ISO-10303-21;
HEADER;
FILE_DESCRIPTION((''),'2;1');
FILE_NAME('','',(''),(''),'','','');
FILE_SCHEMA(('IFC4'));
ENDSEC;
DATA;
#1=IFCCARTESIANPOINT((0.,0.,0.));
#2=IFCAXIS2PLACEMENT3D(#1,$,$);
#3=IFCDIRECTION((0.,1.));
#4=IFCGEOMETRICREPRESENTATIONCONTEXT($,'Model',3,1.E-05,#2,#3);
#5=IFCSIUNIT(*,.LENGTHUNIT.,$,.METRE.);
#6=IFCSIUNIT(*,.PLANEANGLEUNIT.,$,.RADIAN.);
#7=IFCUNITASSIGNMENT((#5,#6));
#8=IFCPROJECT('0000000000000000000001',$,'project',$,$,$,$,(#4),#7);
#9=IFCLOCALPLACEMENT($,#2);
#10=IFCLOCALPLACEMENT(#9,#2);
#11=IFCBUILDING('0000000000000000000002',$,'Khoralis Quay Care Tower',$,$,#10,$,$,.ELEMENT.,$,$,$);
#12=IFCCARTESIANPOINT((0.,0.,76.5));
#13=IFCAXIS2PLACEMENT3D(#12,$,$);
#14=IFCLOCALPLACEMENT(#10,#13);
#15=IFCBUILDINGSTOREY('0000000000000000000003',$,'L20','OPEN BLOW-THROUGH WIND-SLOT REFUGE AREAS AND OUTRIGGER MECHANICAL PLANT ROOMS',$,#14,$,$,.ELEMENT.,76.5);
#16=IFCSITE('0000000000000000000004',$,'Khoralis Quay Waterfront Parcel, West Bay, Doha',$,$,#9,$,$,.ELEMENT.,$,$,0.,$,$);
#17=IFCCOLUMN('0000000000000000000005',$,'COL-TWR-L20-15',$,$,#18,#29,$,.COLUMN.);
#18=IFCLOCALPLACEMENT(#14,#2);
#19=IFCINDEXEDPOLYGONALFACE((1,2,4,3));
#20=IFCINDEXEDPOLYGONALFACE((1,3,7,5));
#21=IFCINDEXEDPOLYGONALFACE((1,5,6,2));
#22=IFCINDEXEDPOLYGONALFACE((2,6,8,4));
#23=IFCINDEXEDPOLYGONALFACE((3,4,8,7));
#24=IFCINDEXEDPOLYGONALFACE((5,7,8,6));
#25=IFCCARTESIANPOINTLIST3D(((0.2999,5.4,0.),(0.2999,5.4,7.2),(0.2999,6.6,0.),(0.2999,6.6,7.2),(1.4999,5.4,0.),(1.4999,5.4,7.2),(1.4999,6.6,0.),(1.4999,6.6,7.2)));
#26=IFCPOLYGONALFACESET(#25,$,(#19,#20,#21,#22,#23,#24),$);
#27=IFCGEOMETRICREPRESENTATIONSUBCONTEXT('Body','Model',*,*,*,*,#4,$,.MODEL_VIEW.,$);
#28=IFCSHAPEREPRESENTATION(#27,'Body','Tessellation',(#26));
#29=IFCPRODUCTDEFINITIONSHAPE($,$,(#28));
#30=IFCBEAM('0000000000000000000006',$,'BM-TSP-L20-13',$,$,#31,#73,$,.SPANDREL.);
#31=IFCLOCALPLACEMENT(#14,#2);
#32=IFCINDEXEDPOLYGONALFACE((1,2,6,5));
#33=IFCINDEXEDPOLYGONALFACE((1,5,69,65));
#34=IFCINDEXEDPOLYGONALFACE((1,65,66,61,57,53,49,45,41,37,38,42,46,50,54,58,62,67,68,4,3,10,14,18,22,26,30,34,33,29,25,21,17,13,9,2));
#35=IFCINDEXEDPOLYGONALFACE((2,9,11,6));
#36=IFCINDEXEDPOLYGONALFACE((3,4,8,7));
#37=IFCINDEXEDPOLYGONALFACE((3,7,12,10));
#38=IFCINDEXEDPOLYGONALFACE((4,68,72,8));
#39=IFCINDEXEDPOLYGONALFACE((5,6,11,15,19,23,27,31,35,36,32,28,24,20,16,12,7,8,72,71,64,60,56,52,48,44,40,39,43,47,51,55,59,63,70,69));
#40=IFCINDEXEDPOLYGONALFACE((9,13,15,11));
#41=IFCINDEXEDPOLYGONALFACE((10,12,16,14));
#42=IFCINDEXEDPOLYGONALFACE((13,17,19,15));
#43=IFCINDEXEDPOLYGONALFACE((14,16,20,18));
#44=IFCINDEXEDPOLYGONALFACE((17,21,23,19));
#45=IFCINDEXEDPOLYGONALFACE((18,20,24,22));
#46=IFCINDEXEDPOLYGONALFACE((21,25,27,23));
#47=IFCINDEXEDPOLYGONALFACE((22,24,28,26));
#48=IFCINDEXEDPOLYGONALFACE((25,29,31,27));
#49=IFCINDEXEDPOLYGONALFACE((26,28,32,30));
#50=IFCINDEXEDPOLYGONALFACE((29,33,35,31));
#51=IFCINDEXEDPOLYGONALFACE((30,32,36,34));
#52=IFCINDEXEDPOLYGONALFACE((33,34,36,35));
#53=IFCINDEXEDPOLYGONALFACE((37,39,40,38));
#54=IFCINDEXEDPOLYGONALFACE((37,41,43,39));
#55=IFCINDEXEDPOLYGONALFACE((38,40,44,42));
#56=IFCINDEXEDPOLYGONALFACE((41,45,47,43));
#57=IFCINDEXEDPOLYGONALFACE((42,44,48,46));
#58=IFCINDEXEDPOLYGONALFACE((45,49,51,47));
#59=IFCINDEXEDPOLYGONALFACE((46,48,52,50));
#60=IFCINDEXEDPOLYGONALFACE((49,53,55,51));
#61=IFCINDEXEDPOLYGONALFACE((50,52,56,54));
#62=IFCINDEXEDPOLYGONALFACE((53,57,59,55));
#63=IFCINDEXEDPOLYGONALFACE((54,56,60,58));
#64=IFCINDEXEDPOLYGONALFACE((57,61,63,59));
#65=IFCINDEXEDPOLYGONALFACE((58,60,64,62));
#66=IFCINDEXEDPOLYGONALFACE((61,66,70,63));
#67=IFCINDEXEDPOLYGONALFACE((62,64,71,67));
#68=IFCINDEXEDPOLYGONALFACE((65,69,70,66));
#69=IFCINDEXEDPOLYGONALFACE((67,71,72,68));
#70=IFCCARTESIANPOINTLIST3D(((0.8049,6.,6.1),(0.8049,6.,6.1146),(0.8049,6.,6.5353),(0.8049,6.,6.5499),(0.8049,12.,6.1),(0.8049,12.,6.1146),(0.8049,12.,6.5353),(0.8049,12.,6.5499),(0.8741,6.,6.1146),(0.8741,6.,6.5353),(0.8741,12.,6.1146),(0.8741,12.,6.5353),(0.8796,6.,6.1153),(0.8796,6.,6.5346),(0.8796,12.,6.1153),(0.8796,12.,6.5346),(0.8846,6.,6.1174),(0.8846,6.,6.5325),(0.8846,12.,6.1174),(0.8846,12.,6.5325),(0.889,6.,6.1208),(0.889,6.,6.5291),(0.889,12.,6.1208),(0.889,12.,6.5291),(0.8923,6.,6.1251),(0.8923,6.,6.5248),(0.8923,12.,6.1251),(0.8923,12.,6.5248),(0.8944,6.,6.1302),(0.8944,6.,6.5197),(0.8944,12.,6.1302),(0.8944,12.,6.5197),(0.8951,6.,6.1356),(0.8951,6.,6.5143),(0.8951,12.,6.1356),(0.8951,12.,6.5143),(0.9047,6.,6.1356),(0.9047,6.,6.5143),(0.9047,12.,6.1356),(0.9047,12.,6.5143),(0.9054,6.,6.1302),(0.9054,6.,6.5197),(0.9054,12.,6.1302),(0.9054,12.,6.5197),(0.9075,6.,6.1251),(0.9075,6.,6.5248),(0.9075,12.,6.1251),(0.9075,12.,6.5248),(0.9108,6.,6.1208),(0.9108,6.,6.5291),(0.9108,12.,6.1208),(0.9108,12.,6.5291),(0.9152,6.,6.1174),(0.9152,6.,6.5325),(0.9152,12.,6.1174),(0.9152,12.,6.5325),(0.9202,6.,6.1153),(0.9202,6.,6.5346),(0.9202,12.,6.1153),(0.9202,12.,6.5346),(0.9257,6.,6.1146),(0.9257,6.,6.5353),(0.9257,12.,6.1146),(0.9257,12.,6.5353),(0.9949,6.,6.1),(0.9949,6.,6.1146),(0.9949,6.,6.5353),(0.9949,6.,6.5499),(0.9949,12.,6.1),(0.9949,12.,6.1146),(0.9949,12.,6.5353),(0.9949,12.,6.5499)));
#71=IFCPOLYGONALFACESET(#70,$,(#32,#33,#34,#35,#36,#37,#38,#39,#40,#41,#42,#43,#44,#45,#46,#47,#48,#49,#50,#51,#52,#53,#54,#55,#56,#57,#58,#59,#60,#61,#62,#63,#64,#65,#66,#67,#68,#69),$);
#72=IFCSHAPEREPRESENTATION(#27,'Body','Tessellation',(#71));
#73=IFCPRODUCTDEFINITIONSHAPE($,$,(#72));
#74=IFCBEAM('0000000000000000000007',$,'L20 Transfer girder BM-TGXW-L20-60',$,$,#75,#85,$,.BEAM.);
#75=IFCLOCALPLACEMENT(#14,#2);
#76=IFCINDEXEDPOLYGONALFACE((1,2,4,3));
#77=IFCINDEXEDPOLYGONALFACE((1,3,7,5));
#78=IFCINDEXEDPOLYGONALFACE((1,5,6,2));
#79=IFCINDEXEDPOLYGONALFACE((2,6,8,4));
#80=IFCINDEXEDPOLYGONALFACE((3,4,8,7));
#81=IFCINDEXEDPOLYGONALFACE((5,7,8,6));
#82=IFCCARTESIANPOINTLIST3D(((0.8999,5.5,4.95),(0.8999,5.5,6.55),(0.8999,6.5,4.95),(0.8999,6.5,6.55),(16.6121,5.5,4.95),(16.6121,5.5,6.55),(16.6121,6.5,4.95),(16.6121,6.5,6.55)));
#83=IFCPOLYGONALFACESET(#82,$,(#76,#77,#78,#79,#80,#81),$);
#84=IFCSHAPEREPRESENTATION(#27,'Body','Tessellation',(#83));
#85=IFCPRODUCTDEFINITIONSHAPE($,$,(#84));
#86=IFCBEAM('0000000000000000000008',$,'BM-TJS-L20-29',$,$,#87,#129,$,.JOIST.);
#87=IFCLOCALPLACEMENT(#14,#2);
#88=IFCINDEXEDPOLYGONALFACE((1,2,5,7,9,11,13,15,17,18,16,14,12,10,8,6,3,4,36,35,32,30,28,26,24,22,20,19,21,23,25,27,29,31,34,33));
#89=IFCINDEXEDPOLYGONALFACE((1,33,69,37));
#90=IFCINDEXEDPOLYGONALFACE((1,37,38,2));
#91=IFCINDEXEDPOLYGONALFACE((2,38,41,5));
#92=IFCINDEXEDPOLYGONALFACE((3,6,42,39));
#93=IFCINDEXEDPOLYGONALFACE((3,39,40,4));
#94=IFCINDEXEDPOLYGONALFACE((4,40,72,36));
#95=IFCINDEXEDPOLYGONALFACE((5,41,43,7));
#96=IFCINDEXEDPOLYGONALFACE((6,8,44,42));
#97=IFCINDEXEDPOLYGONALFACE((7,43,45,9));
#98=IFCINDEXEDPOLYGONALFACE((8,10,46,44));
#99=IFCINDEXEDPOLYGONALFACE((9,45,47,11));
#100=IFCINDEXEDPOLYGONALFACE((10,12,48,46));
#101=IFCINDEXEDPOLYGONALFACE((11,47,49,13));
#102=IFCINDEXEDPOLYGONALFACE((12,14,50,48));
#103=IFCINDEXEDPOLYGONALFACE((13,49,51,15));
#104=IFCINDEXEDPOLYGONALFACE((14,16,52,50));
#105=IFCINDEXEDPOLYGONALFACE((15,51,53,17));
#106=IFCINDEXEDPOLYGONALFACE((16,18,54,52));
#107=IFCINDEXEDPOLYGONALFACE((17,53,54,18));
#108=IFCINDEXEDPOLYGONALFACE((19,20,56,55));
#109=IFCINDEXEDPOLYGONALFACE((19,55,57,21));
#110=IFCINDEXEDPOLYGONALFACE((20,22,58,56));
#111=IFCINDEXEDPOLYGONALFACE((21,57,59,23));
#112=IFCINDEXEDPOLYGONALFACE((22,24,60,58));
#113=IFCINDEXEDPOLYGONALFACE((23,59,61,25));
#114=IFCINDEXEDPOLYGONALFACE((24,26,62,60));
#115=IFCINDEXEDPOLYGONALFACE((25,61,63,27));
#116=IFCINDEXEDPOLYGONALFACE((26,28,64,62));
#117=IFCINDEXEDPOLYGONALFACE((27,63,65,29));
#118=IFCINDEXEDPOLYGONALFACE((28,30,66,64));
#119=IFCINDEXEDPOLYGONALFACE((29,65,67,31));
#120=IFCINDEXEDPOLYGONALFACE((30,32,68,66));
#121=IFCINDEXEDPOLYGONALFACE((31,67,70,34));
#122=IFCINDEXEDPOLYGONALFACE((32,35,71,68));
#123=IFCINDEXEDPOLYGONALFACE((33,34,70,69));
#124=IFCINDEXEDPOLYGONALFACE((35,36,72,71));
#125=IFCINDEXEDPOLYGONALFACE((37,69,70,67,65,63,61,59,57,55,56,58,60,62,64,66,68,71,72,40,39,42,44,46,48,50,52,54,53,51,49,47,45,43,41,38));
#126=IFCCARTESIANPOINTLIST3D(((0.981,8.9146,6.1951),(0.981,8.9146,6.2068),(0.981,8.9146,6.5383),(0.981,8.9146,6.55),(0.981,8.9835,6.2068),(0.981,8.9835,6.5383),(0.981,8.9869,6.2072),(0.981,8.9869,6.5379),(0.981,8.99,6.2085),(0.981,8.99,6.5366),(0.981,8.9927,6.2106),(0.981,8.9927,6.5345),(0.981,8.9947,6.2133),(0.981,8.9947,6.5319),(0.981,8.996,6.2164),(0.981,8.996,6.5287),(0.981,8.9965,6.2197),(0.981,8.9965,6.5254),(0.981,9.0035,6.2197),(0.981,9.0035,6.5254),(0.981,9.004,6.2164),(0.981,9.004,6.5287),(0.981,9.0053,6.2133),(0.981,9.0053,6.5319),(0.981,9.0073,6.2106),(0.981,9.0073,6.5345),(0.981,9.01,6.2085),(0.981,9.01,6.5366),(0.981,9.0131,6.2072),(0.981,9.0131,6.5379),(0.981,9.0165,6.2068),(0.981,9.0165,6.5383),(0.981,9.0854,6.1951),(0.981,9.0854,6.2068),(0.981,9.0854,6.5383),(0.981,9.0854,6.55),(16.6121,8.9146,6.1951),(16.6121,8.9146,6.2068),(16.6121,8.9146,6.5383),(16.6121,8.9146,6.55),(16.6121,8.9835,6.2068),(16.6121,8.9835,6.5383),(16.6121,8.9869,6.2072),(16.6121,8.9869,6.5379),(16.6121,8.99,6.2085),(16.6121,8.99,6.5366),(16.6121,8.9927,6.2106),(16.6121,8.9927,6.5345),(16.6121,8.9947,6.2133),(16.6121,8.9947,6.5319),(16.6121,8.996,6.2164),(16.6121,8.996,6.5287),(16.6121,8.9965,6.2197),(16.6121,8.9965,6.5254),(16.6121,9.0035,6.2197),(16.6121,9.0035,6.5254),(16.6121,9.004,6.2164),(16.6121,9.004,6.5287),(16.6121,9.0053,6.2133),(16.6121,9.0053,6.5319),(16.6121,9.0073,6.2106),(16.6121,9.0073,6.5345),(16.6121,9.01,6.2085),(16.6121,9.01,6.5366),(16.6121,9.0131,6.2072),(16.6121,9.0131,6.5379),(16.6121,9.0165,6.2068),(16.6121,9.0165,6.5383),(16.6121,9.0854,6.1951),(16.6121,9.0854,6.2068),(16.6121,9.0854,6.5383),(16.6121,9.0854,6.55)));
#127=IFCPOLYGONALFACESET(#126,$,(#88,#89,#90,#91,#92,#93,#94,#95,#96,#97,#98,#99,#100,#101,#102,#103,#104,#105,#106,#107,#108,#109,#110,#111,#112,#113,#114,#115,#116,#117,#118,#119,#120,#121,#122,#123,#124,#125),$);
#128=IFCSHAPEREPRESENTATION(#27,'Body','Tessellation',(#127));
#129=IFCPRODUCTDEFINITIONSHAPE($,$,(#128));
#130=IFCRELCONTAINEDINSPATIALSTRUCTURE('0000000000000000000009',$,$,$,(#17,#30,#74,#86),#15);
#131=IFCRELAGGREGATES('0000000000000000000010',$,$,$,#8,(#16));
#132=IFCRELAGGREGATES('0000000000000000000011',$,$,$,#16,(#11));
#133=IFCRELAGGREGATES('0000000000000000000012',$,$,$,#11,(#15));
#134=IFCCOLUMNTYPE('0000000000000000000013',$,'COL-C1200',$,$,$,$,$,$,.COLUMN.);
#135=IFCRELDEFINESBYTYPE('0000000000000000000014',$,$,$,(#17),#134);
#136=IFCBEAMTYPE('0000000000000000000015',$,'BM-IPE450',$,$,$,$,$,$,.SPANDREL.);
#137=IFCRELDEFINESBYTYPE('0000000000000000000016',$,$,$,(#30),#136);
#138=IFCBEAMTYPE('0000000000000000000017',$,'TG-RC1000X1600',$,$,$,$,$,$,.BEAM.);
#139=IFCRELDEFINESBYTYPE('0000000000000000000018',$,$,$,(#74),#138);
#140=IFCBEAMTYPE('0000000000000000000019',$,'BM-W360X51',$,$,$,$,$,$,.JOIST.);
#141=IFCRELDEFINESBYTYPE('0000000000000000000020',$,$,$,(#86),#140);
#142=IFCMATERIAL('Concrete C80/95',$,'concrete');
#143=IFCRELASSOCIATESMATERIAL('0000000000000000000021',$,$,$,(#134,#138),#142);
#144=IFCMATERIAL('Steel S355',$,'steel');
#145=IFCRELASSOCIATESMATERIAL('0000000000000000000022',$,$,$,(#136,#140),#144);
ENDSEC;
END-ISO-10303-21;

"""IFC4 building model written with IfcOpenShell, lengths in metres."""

from ifc_helpers import new_model, si_unit, direction, frame, origin, origin_2d, place, context, subcontext, project, spatial, rectangle, i_section, extrude, source, transform, mapped, material, material_profile, profile_set, type_object, element, save


model = new_model("IFC4")

# Units and contexts
model_context = context("Model", 3, precision=1e-05, world=origin(), true_north=direction((0.0, 1.0)))
body_context = subcontext(model_context, "Body", "Model", "MODEL_VIEW")
ifc_project = project(units=[si_unit("LENGTHUNIT", "METRE"), si_unit("PLANEANGLEUNIT", "RADIAN")], contexts=[model_context])

# Site, building, storey
site_placement = place(None, origin())
site = spatial("IfcSite", under=ifc_project, at=site_placement, Name="Khoralis Quay Waterfront Parcel, West Bay, Doha", CompositionType="ELEMENT", RefElevation=0.0)
building_placement = place(site_placement, origin())
building = spatial("IfcBuilding", under=site, at=building_placement, Name="Khoralis Quay Care Tower", CompositionType="ELEMENT")
storey_placement = place(building_placement, frame((0.0, 0.0, 76.5)))
storey = spatial("IfcBuildingStorey", under=building, at=storey_placement, Name="L20", Description="OPEN BLOW-THROUGH WIND-SLOT REFUGE AREAS AND OUTRIGGER MECHANICAL PLANT ROOMS", CompositionType="ELEMENT", Elevation=76.5)

# Column
ifc_material_1 = material(Name="Concrete C80/95", Category="concrete")
ifc_material_profile_1 = material_profile(ifc_material_1, rectangle(XDim=1.2, YDim=1.2, at=origin_2d()), Name="Concrete C80/95")
ifc_profile_set_1 = profile_set([ifc_material_profile_1], Name="Concrete C80/95")
column_type = type_object("IfcColumnType", Name="COL-C1200", PredefinedType="COLUMN", material=ifc_profile_set_1)
shared_shape_1 = source(origin(), body_context, "Body", "SweptSolid", [
    extrude(rectangle(XDim=1.2, YDim=1.2, at=origin_2d()), origin(), (0.0, 0.0, 1.0), 7.2),
])
column_placement = place(storey_placement, frame((0.8999, 6.0, 0.0), z_axis=(0.0, 0.0, 1.0), x_axis=(1.0, 0.0, 0.0)))
element("IfcColumn", 1, at=column_placement, inside=storey, type_object=column_type, Name="COL-TWR-L20-15", PredefinedType="COLUMN", context=body_context, shape_type="MappedRepresentation", body=[
    mapped(shared_shape_1, transform((0.0, 0.0, 0.0), scale=1.0)),
])

# Beams
ifc_material_2 = material(Name="Steel S355", Category="steel")
ifc_material_profile_2 = material_profile(ifc_material_2, i_section(OverallWidth=0.1899, OverallDepth=0.45, WebThickness=0.0095, FlangeThickness=0.0146, FilletRadius=0.021, at=origin_2d()), Name="Steel S355")
ifc_profile_set_2 = profile_set([ifc_material_profile_2], Name="Steel S355")
beam_type_1 = type_object("IfcBeamType", Name="BM-IPE450", PredefinedType="SPANDREL", material=ifc_profile_set_2)
shared_shape_2 = source(origin(), body_context, "Body", "SweptSolid", [
    extrude(i_section(OverallWidth=0.1899, OverallDepth=0.45, WebThickness=0.0095, FlangeThickness=0.0146, FilletRadius=0.021, at=origin_2d()), origin(), (0.0, 0.0, 1.0), 6.0),
])
beam_1_placement = place(storey_placement, frame((0.8999, 6.0, 6.325), z_axis=(0.0, 1.0, 0.0), x_axis=(-1.0, 0.0, 0.0)))
element("IfcBeam", 2, at=beam_1_placement, inside=storey, type_object=beam_type_1, Name="BM-TSP-L20-13", PredefinedType="SPANDREL", context=body_context, shape_type="MappedRepresentation", body=[
    mapped(shared_shape_2, transform((0.0, 0.0, 0.0), scale=1.0)),
])
ifc_material_profile_3 = material_profile(ifc_material_1, rectangle(XDim=1.0, YDim=1.6001, at=origin_2d()), Name="Concrete C80/95")
ifc_profile_set_3 = profile_set([ifc_material_profile_3], Name="Concrete C80/95")
beam_type_2 = type_object("IfcBeamType", Name="TG-RC1000X1600", PredefinedType="BEAM", material=ifc_profile_set_3)
shared_shape_3 = source(origin(), body_context, "Body", "SweptSolid", [
    extrude(rectangle(XDim=1.0, YDim=1.6001, at=origin_2d()), origin(), (0.0, 0.0, 1.0), 15.7122),
])
beam_2_placement = place(storey_placement, frame((0.8999, 6.0, 5.75), z_axis=(1.0, 0.0, 0.0), x_axis=(0.0, 1.0, 0.0)))
element("IfcBeam", 3, at=beam_2_placement, inside=storey, type_object=beam_type_2, Name="L20 Transfer girder BM-TGXW-L20-60", PredefinedType="BEAM", context=body_context, shape_type="MappedRepresentation", body=[
    mapped(shared_shape_3, transform((0.0, 0.0, 0.0), scale=1.0)),
])
ifc_material_profile_4 = material_profile(ifc_material_2, i_section(OverallWidth=0.1709, OverallDepth=0.355, WebThickness=0.0071, FlangeThickness=0.0117, FilletRadius=0.0129, at=origin_2d()), Name="Steel S355")
ifc_profile_set_4 = profile_set([ifc_material_profile_4], Name="Steel S355")
beam_type_3 = type_object("IfcBeamType", Name="BM-W360X51", PredefinedType="JOIST", material=ifc_profile_set_4)
shared_shape_4 = source(origin(), body_context, "Body", "SweptSolid", [
    extrude(i_section(OverallWidth=0.1709, OverallDepth=0.355, WebThickness=0.0071, FlangeThickness=0.0117, FilletRadius=0.0129, at=origin_2d()), origin(), (0.0, 0.0, 1.0), 15.6311),
])
beam_3_placement = place(storey_placement, frame((0.981, 9.0, 6.3726), z_axis=(1.0, 0.0, 0.0), x_axis=(0.0, 1.0, 0.0)))
element("IfcBeam", 4, at=beam_3_placement, inside=storey, type_object=beam_type_3, Name="BM-TJS-L20-29", PredefinedType="JOIST", context=body_context, shape_type="MappedRepresentation", body=[
    mapped(shared_shape_4, transform((0.0, 0.0, 0.0), scale=1.0)),
])

save(model, "model.ifc")
